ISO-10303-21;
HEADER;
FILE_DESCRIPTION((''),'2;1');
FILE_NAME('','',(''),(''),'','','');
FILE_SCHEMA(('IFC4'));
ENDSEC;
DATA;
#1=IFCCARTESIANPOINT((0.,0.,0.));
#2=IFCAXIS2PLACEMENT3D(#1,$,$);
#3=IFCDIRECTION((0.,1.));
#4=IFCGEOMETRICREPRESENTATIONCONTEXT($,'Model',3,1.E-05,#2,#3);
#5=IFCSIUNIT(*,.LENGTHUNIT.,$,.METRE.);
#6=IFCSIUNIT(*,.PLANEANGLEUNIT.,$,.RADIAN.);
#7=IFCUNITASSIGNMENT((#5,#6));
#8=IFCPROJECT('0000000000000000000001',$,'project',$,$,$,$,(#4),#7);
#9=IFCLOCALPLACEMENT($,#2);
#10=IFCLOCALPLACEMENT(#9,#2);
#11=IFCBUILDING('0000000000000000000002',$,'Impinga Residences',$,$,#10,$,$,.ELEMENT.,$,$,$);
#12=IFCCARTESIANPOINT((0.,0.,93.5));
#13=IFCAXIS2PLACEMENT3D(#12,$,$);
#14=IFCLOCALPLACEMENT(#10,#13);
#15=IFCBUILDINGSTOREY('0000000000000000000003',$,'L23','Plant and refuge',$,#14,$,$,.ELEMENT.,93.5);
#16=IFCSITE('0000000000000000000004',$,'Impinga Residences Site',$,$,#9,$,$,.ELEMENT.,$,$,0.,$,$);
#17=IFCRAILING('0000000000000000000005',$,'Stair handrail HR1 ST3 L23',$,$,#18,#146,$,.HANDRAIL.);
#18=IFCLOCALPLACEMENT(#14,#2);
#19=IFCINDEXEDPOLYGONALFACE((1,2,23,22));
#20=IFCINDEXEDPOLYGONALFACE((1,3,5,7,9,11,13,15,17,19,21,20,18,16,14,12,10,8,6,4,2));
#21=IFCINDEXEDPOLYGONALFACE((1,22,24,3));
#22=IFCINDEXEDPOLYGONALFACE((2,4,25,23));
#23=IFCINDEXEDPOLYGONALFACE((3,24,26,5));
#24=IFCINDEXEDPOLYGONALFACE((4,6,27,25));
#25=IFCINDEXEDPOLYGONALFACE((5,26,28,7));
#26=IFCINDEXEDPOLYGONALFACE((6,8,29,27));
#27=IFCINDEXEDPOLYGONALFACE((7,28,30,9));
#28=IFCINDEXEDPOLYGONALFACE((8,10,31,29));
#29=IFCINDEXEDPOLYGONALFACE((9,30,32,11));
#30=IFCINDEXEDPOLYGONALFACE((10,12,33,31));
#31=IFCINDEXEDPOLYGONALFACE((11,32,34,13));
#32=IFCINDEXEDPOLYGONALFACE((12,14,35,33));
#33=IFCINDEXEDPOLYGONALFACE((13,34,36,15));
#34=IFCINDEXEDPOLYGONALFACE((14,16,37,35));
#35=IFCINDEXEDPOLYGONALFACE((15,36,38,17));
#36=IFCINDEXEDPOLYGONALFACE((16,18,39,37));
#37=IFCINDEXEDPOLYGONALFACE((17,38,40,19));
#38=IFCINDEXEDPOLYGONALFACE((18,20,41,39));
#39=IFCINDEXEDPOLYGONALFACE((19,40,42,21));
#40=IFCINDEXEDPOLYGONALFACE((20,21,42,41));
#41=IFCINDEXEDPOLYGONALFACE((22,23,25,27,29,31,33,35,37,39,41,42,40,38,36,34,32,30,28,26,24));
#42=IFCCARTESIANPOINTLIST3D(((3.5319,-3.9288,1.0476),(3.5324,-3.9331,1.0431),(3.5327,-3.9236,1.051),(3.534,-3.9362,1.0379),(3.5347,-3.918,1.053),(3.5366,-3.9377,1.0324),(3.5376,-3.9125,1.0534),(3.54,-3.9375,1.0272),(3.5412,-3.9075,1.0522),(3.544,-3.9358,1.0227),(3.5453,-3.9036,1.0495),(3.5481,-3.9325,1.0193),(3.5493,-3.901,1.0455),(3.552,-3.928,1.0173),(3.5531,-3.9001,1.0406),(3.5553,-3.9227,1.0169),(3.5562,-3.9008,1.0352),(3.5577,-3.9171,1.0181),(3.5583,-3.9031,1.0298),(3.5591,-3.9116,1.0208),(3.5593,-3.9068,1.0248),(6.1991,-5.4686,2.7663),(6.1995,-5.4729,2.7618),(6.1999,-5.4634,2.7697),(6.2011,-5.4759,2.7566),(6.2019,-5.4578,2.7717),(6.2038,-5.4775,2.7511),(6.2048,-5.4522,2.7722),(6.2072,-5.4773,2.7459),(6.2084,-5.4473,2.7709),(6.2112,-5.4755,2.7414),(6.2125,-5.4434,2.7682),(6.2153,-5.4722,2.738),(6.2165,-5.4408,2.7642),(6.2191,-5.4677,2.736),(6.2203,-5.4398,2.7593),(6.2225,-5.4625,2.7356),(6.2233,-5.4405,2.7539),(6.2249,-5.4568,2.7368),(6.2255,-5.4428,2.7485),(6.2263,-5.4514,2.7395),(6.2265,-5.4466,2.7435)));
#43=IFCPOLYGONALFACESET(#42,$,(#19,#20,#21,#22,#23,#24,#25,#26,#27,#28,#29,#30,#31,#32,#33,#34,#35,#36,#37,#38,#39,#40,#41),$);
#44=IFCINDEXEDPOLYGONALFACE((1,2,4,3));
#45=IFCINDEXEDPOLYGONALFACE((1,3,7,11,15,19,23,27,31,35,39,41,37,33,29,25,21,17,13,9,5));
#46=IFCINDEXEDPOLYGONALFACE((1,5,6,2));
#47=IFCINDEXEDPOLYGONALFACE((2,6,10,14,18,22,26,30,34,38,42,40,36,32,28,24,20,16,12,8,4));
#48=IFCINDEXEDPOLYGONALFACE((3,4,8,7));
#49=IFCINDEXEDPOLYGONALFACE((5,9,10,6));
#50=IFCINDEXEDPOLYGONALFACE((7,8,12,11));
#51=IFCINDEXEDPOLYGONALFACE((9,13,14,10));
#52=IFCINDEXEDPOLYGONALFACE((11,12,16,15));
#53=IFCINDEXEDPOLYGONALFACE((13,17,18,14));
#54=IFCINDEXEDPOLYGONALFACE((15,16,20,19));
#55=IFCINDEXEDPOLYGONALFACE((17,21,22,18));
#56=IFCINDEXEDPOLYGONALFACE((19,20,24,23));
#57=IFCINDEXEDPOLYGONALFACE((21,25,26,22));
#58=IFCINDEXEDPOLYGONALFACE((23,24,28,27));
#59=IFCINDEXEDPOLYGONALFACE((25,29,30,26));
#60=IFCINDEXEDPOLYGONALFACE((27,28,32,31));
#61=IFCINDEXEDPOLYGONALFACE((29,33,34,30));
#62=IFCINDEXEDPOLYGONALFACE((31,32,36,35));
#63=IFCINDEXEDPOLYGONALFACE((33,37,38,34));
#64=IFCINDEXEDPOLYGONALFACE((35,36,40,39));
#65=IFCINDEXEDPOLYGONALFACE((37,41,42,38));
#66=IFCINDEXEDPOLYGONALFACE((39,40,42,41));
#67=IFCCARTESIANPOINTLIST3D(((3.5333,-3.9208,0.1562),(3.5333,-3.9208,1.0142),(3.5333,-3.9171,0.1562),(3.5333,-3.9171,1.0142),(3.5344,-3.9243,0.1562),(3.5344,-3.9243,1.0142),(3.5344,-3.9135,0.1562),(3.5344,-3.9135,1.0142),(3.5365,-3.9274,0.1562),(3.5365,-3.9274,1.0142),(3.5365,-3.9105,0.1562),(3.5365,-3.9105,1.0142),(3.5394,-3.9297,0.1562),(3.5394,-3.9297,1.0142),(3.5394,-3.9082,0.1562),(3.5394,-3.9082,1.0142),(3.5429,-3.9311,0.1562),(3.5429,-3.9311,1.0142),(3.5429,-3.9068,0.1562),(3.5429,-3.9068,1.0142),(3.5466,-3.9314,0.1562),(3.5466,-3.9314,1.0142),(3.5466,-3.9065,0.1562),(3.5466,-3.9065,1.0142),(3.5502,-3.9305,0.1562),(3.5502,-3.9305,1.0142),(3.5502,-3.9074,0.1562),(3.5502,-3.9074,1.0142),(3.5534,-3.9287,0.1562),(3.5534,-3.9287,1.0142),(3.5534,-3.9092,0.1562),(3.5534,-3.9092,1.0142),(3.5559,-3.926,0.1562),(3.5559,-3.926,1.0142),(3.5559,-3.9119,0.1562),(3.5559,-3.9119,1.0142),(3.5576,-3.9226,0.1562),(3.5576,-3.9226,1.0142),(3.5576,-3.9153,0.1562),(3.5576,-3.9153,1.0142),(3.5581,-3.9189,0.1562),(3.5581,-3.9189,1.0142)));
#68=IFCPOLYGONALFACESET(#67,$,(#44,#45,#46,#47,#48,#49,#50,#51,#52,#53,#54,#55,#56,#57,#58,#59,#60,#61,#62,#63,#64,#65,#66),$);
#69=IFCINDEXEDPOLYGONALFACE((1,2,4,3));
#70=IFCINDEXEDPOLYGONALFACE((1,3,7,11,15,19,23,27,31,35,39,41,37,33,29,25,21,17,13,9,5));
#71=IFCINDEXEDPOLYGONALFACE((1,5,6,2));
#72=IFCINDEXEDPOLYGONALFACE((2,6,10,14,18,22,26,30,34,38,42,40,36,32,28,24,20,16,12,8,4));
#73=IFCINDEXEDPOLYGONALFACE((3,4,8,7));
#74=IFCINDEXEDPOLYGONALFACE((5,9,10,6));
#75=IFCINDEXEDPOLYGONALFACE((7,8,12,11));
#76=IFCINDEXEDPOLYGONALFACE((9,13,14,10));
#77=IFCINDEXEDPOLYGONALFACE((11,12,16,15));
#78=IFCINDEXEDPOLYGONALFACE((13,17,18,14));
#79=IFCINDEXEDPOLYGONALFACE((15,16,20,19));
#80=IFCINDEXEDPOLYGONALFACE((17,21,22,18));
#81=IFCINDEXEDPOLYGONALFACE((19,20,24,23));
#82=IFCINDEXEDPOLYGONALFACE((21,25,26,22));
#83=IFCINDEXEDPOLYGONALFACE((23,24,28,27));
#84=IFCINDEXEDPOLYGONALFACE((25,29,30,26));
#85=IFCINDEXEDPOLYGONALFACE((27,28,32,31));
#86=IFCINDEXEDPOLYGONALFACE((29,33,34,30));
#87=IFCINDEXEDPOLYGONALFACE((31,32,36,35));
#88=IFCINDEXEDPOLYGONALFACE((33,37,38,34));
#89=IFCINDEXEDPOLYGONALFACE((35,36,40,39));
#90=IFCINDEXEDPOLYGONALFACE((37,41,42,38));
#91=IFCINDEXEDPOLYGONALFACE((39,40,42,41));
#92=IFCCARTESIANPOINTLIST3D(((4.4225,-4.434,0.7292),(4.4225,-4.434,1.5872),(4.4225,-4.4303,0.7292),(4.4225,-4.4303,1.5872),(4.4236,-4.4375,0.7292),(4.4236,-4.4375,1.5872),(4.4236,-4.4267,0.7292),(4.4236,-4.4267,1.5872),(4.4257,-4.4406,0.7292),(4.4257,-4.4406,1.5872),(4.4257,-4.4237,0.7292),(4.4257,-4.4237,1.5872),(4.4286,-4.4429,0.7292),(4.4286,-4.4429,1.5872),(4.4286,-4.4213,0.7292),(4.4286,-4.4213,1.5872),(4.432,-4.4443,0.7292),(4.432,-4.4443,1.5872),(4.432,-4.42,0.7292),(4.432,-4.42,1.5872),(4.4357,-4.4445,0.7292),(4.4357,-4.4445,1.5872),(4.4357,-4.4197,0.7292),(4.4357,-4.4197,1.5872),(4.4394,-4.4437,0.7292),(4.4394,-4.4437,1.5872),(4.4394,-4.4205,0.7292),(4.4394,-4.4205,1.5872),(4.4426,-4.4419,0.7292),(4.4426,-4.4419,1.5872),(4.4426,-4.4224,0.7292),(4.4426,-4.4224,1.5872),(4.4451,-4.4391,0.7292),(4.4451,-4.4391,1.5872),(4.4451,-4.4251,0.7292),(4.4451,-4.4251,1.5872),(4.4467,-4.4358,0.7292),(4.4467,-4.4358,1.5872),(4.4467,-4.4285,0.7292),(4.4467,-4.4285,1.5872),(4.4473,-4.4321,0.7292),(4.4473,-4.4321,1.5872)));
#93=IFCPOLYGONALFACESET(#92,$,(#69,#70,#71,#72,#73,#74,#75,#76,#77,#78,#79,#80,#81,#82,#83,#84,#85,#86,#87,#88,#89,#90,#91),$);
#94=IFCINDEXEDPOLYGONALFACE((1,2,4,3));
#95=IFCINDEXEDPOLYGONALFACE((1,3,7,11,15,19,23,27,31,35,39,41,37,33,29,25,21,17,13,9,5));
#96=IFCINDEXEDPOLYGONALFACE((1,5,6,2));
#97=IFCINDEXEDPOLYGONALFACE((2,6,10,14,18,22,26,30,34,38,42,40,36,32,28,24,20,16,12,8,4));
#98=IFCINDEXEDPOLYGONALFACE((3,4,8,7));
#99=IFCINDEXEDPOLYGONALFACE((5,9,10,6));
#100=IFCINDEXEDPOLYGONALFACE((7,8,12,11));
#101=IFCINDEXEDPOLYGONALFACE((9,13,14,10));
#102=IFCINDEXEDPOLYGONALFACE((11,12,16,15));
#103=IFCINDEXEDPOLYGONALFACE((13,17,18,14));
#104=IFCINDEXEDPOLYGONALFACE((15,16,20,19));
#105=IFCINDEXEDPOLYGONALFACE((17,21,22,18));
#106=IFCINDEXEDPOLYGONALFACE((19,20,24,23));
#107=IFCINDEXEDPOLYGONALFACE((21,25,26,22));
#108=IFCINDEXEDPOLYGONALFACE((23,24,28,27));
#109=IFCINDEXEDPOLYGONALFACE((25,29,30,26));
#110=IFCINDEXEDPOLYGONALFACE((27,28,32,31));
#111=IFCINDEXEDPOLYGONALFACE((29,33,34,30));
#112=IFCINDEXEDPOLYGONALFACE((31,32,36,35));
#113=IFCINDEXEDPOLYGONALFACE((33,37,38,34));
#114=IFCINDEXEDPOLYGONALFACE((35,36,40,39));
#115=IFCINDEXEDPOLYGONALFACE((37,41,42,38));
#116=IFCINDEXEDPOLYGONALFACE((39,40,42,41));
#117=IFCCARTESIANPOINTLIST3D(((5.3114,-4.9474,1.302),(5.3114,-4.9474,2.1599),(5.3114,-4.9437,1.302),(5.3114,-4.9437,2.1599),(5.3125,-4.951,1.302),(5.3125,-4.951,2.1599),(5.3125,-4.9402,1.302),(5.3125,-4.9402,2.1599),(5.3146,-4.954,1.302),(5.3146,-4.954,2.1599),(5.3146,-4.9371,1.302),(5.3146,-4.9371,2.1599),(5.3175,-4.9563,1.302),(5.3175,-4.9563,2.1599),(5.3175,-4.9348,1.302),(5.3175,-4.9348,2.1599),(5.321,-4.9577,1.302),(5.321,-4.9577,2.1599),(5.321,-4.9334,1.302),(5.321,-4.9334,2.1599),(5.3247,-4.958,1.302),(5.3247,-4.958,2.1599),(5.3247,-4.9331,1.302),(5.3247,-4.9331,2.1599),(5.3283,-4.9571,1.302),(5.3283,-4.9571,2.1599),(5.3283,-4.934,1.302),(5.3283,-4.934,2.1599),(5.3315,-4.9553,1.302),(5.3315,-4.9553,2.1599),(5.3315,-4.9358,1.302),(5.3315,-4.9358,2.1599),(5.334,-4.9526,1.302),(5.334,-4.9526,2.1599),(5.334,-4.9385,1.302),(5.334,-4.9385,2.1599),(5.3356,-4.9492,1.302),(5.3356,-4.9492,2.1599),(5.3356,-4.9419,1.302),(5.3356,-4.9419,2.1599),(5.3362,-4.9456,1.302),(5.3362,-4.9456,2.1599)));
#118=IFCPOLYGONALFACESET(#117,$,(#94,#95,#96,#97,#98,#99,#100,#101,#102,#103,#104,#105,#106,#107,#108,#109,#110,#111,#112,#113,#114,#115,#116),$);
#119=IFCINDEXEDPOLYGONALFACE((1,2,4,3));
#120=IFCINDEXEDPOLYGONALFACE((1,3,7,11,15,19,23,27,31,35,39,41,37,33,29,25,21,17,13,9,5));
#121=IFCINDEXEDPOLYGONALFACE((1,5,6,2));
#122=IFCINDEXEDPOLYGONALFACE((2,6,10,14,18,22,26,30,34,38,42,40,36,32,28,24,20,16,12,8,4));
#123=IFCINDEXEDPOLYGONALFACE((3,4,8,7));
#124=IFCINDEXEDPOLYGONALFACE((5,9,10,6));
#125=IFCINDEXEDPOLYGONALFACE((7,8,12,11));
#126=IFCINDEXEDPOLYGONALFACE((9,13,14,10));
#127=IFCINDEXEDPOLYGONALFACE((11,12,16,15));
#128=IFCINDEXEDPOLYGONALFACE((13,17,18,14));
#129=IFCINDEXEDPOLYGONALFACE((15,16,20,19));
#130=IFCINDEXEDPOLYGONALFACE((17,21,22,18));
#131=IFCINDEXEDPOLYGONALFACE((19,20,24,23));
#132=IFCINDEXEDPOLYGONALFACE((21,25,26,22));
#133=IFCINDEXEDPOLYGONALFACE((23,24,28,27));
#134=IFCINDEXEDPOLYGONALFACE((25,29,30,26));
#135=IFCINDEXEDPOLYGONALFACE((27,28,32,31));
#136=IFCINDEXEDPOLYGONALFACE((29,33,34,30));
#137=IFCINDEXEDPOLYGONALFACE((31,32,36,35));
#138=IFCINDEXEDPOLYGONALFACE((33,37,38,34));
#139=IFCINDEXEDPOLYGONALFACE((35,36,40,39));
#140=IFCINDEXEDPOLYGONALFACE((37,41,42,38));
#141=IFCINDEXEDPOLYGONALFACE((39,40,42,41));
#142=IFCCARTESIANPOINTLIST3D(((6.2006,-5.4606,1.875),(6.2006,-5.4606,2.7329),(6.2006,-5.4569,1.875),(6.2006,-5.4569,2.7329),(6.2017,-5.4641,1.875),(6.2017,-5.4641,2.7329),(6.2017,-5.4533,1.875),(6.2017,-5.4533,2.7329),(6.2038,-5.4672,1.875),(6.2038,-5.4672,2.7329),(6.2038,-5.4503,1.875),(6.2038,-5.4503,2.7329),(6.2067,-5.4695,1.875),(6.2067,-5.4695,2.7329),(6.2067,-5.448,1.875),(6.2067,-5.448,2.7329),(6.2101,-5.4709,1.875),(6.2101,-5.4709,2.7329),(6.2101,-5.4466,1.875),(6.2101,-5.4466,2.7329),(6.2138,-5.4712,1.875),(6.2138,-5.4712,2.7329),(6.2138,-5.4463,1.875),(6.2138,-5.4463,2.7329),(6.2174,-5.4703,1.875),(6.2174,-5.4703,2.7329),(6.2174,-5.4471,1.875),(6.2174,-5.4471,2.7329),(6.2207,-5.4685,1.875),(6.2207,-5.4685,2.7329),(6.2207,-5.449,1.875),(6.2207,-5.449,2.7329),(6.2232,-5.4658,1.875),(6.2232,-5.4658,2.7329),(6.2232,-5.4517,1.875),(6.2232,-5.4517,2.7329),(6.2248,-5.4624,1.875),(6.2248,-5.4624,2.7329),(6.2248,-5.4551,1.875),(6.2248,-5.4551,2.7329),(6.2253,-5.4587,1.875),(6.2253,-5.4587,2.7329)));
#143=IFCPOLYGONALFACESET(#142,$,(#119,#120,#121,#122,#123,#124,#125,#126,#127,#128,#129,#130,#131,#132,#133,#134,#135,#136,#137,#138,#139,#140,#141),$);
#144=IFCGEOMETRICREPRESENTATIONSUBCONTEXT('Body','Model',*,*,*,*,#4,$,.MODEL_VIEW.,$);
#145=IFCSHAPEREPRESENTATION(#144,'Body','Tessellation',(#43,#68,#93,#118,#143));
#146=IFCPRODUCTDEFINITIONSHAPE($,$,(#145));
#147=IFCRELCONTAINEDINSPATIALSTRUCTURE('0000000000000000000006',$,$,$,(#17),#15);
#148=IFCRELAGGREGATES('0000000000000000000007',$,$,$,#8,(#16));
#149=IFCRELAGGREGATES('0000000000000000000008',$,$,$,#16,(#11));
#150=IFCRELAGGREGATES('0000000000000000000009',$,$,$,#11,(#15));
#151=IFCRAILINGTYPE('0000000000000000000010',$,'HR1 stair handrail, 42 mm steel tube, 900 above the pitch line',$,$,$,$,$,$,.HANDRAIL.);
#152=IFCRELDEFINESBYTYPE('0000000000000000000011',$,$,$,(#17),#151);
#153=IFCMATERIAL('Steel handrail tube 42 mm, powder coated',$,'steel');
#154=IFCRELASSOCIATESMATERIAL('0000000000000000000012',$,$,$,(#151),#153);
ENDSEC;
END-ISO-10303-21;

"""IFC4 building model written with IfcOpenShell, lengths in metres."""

from ifc_helpers import new_model, si_unit, direction, frame, origin, origin_2d, place, context, subcontext, project, spatial, circle, extrude, material, type_object, element, save


model = new_model("IFC4")

# Units and contexts
model_context = context("Model", 3, precision=1e-05, world=origin(), true_north=direction((0.0, 1.0)))
body_context = subcontext(model_context, "Body", "Model", "MODEL_VIEW")
ifc_project = project(units=[si_unit("LENGTHUNIT", "METRE"), si_unit("PLANEANGLEUNIT", "RADIAN")], contexts=[model_context])

# Site, building, storey
site_placement = place(None, origin())
site = spatial("IfcSite", under=ifc_project, at=site_placement, Name="Impinga Residences Site", CompositionType="ELEMENT", RefElevation=0.0)
building_placement = place(site_placement, origin())
building = spatial("IfcBuilding", under=site, at=building_placement, Name="Impinga Residences", CompositionType="ELEMENT")
storey_placement = place(building_placement, frame((0.0, 0.0, 93.5)))
storey = spatial("IfcBuildingStorey", under=building, at=storey_placement, Name="L23", Description="Plant and refuge", CompositionType="ELEMENT", Elevation=93.5)

# Railing
ifc_material_1 = material(Name="Steel handrail tube 42 mm, powder coated", Category="steel")
railing_type = type_object("IfcRailingType", Name="HR1 stair handrail, 42 mm steel tube, 900 above the pitch line", PredefinedType="HANDRAIL", material=ifc_material_1)
for number, where, name in (
    (1, (3.5457, -3.9189, 0.1562), "Stair handrail HR1 ST3 L23"),
):
    element("IfcRailing", number, at=place(storey_placement, frame(where)), inside=storey, type_object=railing_type, Name=name, PredefinedType="HANDRAIL", context=body_context, shape_type="SweptSolid", body=[
        extrude(circle(Radius=0.021, at=origin_2d()), frame((0.0, 0.0, 0.8789), z_axis=(0.756249, -0.436582, 0.487322), x_axis=(0.499967, 0.866044, 0.0)), (0.0, 0.0, 1.0), 3.5269),
        extrude(circle(Radius=0.0125, at=origin_2d()), origin(), (0.0, 0.0, 1.0), 0.8579),
        extrude(circle(Radius=0.0125, at=origin_2d()), frame((0.8892, -0.5132, 0.573)), (0.0, 0.0, 1.0), 0.8579),
        extrude(circle(Radius=0.0125, at=origin_2d()), frame((1.7781, -1.0266, 1.1458)), (0.0, 0.0, 1.0), 0.8579),
        extrude(circle(Radius=0.0125, at=origin_2d()), frame((2.6672, -1.5398, 1.7188)), (0.0, 0.0, 1.0), 0.8579),
    ])

save(model, "model.ifc")
